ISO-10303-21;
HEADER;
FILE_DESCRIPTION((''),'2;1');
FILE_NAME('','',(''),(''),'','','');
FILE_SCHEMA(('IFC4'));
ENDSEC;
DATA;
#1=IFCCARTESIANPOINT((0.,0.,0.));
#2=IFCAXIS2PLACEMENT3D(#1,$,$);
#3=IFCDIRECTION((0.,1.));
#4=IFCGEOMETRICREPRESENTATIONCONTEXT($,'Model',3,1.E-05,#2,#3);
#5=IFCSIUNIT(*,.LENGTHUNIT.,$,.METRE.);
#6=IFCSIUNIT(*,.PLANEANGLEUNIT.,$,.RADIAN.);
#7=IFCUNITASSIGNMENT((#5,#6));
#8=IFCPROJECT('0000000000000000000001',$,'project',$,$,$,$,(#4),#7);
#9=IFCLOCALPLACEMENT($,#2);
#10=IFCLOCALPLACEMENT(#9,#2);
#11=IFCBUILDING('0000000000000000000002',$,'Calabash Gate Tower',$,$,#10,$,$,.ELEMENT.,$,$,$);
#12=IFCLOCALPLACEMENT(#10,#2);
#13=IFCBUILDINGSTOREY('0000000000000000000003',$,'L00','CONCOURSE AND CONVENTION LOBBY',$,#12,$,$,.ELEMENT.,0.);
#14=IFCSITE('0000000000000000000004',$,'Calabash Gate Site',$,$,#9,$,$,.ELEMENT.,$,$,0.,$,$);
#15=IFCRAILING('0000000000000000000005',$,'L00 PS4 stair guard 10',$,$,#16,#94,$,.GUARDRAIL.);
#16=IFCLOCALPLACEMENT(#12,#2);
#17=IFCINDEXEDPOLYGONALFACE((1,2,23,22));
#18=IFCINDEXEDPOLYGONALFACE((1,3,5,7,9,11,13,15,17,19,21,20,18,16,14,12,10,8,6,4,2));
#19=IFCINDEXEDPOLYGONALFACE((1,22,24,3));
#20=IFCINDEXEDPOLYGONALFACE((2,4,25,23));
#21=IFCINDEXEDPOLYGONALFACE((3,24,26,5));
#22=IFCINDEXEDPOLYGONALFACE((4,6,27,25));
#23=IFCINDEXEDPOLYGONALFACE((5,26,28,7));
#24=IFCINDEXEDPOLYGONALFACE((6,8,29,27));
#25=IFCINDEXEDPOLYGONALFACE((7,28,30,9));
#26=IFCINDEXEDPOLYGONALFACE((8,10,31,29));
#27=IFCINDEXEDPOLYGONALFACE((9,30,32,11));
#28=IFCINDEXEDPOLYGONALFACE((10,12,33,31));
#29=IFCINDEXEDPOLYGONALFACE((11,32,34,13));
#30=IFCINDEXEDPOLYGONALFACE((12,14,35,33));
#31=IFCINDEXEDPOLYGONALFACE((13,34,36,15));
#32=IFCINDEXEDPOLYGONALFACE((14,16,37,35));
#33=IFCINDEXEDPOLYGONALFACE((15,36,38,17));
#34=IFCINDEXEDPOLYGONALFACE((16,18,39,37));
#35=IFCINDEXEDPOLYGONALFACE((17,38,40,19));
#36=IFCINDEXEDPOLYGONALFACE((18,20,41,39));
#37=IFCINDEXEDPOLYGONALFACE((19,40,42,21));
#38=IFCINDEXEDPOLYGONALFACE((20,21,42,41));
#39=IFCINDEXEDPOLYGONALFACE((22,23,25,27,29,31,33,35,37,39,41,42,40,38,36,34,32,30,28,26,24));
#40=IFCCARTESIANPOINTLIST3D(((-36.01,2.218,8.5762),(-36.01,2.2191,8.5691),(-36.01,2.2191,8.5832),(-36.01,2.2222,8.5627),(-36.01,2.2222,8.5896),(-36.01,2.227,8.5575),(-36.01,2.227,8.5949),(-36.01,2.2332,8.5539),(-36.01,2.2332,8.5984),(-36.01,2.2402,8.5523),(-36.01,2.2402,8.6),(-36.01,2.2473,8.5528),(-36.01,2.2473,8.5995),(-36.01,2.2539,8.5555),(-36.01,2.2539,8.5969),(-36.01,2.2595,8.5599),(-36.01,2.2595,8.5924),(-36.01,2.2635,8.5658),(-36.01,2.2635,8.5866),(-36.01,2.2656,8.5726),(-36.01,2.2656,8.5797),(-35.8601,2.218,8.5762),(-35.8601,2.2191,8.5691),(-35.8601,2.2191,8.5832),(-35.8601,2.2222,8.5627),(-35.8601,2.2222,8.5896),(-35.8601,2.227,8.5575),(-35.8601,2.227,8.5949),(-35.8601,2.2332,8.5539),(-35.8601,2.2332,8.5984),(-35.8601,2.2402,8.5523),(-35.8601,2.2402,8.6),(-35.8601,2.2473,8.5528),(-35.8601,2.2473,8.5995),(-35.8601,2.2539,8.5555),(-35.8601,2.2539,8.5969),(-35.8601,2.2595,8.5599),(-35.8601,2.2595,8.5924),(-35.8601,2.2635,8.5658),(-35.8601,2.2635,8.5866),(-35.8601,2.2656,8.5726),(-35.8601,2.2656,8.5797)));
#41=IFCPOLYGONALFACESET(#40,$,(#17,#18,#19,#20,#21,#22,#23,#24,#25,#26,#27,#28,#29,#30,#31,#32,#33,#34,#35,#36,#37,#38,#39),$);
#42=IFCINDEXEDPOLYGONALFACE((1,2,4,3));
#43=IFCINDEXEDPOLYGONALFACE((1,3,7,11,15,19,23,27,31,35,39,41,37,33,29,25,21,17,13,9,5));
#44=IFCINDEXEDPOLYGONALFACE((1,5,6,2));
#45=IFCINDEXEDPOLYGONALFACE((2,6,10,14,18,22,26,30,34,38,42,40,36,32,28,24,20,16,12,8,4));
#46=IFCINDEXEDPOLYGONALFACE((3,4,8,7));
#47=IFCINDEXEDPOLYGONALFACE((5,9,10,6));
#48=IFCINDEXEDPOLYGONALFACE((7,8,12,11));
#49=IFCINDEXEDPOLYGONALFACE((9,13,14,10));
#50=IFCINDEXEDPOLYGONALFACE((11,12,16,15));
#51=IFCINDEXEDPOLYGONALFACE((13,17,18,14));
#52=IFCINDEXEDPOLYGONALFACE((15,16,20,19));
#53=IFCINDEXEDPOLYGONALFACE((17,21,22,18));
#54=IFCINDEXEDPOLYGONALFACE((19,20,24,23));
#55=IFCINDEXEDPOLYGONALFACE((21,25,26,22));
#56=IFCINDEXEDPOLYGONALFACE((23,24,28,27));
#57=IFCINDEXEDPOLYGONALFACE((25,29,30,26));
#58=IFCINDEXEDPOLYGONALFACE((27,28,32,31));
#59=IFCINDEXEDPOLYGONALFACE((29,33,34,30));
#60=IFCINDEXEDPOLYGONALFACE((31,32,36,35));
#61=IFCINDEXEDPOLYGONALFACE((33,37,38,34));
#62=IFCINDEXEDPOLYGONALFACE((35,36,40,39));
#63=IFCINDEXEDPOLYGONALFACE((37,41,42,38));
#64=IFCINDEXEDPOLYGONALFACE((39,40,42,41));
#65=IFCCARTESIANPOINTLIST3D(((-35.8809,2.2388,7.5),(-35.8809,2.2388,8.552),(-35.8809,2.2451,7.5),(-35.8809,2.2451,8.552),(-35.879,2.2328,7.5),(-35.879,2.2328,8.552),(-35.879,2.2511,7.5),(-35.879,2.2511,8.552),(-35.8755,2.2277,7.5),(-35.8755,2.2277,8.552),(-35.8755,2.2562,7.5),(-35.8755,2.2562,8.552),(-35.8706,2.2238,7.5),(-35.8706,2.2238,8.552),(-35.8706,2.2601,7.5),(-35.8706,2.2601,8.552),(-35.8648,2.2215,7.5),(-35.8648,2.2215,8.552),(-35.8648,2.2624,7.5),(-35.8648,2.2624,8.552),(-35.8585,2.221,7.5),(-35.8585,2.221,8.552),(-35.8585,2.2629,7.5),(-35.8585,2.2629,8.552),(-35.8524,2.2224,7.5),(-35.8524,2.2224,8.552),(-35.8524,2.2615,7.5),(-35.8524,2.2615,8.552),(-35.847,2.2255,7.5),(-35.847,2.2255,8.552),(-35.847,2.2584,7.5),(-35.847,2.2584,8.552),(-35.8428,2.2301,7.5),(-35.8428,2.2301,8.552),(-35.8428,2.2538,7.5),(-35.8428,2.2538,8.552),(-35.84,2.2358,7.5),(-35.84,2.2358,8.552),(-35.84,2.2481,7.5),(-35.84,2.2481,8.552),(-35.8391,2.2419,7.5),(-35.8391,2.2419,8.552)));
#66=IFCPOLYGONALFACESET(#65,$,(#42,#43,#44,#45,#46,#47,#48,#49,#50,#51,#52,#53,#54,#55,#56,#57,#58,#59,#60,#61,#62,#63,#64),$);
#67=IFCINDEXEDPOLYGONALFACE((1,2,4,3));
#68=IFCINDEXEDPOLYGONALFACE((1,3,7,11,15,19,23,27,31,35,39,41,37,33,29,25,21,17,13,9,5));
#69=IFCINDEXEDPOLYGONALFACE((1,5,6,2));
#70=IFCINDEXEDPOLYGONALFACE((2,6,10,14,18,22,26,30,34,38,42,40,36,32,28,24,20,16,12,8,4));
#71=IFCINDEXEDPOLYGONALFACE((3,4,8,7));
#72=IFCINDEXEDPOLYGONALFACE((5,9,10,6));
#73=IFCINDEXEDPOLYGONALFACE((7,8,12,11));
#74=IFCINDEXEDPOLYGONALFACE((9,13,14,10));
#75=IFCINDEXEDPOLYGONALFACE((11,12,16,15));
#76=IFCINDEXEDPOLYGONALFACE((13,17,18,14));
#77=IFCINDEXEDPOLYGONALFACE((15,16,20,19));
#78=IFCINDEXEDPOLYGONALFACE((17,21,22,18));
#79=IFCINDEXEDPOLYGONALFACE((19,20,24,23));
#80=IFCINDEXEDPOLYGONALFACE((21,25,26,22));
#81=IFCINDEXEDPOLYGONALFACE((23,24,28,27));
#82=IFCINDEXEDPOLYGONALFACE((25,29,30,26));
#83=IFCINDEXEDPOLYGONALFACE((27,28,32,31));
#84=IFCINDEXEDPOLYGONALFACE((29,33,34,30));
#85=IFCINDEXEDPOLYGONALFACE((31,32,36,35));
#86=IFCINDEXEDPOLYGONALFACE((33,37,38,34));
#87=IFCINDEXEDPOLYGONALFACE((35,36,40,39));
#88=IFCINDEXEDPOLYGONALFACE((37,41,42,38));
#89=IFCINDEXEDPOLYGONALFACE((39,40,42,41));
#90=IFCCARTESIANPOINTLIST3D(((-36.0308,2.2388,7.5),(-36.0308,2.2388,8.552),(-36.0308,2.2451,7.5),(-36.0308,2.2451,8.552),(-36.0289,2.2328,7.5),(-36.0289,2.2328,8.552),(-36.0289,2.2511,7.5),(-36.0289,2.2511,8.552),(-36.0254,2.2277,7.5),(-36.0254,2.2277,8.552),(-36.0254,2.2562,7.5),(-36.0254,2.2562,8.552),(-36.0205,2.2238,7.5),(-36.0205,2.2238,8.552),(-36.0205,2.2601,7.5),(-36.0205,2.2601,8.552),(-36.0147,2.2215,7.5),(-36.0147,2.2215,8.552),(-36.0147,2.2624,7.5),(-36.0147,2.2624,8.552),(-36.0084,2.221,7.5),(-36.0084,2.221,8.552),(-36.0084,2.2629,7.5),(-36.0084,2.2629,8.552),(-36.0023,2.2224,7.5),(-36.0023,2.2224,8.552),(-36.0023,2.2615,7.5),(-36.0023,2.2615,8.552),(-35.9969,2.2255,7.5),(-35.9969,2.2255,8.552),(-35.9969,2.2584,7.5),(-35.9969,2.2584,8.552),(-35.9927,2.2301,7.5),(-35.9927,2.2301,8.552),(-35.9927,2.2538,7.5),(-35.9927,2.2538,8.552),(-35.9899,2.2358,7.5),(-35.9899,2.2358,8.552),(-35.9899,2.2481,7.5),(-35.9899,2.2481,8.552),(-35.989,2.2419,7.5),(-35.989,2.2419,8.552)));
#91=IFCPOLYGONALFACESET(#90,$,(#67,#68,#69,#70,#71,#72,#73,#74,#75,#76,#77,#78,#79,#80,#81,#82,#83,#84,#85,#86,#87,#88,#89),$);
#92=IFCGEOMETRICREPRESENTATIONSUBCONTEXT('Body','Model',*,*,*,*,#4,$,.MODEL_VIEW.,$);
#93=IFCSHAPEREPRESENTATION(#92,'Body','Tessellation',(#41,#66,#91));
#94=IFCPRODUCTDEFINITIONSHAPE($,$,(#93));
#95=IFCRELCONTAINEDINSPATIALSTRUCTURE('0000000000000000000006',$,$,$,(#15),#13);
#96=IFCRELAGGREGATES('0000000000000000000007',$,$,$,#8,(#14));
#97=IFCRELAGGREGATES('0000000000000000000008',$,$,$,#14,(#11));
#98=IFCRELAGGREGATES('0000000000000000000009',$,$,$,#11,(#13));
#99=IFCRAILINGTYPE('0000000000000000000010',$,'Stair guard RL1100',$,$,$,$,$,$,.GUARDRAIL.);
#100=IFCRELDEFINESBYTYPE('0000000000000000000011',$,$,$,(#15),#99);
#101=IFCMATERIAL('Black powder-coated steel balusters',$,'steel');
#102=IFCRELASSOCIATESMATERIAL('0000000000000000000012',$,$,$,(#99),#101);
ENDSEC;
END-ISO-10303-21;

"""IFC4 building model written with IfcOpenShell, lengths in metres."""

from ifc_helpers import new_model, si_unit, direction, frame, origin, origin_2d, place, context, subcontext, project, spatial, circle, extrude, material, type_object, element, save


model = new_model("IFC4")

# Units and contexts
model_context = context("Model", 3, precision=1e-05, world=origin(), true_north=direction((0.0, 1.0)))
body_context = subcontext(model_context, "Body", "Model", "MODEL_VIEW")
ifc_project = project(units=[si_unit("LENGTHUNIT", "METRE"), si_unit("PLANEANGLEUNIT", "RADIAN")], contexts=[model_context])

# Site, building, storey
site_placement = place(None, origin())
site = spatial("IfcSite", under=ifc_project, at=site_placement, Name="Calabash Gate Site", CompositionType="ELEMENT", RefElevation=0.0)
building_placement = place(site_placement, origin())
building = spatial("IfcBuilding", under=site, at=building_placement, Name="Calabash Gate Tower", CompositionType="ELEMENT")
storey_placement = place(building_placement, origin())
storey = spatial("IfcBuildingStorey", under=building, at=storey_placement, Name="L00", Description="CONCOURSE AND CONVENTION LOBBY", CompositionType="ELEMENT", Elevation=0.0)

# Railing
ifc_material_1 = material(Name="Black powder-coated steel balusters", Category="steel")
railing_type_1 = type_object("IfcRailingType", Name="Stair guard RL1100", PredefinedType="GUARDRAIL", material=ifc_material_1)
railing_1_placement = place(storey_placement, frame((-35.8601, 2.2419, 7.5)))
element("IfcRailing", 1, at=railing_1_placement, inside=storey, type_object=railing_type_1, Name="L00 PS4 stair guard 10", PredefinedType="GUARDRAIL", context=body_context, shape_type="SweptSolid", body=[
    extrude(circle(Radius=0.0239, at=origin_2d()), frame((0.0, 0.0, 1.0762), z_axis=(-1.0, 0.0, 0.0), x_axis=(0.0, -1.0, 0.0)), (0.0, 0.0, 1.0), 0.1499),
    extrude(circle(Radius=0.021, at=origin_2d()), origin(), (0.0, 0.0, 1.0), 1.052),
    extrude(circle(Radius=0.021, at=origin_2d()), frame((-0.1499, 0.0, 0.0)), (0.0, 0.0, 1.0), 1.052),
])

save(model, "model.ifc")
